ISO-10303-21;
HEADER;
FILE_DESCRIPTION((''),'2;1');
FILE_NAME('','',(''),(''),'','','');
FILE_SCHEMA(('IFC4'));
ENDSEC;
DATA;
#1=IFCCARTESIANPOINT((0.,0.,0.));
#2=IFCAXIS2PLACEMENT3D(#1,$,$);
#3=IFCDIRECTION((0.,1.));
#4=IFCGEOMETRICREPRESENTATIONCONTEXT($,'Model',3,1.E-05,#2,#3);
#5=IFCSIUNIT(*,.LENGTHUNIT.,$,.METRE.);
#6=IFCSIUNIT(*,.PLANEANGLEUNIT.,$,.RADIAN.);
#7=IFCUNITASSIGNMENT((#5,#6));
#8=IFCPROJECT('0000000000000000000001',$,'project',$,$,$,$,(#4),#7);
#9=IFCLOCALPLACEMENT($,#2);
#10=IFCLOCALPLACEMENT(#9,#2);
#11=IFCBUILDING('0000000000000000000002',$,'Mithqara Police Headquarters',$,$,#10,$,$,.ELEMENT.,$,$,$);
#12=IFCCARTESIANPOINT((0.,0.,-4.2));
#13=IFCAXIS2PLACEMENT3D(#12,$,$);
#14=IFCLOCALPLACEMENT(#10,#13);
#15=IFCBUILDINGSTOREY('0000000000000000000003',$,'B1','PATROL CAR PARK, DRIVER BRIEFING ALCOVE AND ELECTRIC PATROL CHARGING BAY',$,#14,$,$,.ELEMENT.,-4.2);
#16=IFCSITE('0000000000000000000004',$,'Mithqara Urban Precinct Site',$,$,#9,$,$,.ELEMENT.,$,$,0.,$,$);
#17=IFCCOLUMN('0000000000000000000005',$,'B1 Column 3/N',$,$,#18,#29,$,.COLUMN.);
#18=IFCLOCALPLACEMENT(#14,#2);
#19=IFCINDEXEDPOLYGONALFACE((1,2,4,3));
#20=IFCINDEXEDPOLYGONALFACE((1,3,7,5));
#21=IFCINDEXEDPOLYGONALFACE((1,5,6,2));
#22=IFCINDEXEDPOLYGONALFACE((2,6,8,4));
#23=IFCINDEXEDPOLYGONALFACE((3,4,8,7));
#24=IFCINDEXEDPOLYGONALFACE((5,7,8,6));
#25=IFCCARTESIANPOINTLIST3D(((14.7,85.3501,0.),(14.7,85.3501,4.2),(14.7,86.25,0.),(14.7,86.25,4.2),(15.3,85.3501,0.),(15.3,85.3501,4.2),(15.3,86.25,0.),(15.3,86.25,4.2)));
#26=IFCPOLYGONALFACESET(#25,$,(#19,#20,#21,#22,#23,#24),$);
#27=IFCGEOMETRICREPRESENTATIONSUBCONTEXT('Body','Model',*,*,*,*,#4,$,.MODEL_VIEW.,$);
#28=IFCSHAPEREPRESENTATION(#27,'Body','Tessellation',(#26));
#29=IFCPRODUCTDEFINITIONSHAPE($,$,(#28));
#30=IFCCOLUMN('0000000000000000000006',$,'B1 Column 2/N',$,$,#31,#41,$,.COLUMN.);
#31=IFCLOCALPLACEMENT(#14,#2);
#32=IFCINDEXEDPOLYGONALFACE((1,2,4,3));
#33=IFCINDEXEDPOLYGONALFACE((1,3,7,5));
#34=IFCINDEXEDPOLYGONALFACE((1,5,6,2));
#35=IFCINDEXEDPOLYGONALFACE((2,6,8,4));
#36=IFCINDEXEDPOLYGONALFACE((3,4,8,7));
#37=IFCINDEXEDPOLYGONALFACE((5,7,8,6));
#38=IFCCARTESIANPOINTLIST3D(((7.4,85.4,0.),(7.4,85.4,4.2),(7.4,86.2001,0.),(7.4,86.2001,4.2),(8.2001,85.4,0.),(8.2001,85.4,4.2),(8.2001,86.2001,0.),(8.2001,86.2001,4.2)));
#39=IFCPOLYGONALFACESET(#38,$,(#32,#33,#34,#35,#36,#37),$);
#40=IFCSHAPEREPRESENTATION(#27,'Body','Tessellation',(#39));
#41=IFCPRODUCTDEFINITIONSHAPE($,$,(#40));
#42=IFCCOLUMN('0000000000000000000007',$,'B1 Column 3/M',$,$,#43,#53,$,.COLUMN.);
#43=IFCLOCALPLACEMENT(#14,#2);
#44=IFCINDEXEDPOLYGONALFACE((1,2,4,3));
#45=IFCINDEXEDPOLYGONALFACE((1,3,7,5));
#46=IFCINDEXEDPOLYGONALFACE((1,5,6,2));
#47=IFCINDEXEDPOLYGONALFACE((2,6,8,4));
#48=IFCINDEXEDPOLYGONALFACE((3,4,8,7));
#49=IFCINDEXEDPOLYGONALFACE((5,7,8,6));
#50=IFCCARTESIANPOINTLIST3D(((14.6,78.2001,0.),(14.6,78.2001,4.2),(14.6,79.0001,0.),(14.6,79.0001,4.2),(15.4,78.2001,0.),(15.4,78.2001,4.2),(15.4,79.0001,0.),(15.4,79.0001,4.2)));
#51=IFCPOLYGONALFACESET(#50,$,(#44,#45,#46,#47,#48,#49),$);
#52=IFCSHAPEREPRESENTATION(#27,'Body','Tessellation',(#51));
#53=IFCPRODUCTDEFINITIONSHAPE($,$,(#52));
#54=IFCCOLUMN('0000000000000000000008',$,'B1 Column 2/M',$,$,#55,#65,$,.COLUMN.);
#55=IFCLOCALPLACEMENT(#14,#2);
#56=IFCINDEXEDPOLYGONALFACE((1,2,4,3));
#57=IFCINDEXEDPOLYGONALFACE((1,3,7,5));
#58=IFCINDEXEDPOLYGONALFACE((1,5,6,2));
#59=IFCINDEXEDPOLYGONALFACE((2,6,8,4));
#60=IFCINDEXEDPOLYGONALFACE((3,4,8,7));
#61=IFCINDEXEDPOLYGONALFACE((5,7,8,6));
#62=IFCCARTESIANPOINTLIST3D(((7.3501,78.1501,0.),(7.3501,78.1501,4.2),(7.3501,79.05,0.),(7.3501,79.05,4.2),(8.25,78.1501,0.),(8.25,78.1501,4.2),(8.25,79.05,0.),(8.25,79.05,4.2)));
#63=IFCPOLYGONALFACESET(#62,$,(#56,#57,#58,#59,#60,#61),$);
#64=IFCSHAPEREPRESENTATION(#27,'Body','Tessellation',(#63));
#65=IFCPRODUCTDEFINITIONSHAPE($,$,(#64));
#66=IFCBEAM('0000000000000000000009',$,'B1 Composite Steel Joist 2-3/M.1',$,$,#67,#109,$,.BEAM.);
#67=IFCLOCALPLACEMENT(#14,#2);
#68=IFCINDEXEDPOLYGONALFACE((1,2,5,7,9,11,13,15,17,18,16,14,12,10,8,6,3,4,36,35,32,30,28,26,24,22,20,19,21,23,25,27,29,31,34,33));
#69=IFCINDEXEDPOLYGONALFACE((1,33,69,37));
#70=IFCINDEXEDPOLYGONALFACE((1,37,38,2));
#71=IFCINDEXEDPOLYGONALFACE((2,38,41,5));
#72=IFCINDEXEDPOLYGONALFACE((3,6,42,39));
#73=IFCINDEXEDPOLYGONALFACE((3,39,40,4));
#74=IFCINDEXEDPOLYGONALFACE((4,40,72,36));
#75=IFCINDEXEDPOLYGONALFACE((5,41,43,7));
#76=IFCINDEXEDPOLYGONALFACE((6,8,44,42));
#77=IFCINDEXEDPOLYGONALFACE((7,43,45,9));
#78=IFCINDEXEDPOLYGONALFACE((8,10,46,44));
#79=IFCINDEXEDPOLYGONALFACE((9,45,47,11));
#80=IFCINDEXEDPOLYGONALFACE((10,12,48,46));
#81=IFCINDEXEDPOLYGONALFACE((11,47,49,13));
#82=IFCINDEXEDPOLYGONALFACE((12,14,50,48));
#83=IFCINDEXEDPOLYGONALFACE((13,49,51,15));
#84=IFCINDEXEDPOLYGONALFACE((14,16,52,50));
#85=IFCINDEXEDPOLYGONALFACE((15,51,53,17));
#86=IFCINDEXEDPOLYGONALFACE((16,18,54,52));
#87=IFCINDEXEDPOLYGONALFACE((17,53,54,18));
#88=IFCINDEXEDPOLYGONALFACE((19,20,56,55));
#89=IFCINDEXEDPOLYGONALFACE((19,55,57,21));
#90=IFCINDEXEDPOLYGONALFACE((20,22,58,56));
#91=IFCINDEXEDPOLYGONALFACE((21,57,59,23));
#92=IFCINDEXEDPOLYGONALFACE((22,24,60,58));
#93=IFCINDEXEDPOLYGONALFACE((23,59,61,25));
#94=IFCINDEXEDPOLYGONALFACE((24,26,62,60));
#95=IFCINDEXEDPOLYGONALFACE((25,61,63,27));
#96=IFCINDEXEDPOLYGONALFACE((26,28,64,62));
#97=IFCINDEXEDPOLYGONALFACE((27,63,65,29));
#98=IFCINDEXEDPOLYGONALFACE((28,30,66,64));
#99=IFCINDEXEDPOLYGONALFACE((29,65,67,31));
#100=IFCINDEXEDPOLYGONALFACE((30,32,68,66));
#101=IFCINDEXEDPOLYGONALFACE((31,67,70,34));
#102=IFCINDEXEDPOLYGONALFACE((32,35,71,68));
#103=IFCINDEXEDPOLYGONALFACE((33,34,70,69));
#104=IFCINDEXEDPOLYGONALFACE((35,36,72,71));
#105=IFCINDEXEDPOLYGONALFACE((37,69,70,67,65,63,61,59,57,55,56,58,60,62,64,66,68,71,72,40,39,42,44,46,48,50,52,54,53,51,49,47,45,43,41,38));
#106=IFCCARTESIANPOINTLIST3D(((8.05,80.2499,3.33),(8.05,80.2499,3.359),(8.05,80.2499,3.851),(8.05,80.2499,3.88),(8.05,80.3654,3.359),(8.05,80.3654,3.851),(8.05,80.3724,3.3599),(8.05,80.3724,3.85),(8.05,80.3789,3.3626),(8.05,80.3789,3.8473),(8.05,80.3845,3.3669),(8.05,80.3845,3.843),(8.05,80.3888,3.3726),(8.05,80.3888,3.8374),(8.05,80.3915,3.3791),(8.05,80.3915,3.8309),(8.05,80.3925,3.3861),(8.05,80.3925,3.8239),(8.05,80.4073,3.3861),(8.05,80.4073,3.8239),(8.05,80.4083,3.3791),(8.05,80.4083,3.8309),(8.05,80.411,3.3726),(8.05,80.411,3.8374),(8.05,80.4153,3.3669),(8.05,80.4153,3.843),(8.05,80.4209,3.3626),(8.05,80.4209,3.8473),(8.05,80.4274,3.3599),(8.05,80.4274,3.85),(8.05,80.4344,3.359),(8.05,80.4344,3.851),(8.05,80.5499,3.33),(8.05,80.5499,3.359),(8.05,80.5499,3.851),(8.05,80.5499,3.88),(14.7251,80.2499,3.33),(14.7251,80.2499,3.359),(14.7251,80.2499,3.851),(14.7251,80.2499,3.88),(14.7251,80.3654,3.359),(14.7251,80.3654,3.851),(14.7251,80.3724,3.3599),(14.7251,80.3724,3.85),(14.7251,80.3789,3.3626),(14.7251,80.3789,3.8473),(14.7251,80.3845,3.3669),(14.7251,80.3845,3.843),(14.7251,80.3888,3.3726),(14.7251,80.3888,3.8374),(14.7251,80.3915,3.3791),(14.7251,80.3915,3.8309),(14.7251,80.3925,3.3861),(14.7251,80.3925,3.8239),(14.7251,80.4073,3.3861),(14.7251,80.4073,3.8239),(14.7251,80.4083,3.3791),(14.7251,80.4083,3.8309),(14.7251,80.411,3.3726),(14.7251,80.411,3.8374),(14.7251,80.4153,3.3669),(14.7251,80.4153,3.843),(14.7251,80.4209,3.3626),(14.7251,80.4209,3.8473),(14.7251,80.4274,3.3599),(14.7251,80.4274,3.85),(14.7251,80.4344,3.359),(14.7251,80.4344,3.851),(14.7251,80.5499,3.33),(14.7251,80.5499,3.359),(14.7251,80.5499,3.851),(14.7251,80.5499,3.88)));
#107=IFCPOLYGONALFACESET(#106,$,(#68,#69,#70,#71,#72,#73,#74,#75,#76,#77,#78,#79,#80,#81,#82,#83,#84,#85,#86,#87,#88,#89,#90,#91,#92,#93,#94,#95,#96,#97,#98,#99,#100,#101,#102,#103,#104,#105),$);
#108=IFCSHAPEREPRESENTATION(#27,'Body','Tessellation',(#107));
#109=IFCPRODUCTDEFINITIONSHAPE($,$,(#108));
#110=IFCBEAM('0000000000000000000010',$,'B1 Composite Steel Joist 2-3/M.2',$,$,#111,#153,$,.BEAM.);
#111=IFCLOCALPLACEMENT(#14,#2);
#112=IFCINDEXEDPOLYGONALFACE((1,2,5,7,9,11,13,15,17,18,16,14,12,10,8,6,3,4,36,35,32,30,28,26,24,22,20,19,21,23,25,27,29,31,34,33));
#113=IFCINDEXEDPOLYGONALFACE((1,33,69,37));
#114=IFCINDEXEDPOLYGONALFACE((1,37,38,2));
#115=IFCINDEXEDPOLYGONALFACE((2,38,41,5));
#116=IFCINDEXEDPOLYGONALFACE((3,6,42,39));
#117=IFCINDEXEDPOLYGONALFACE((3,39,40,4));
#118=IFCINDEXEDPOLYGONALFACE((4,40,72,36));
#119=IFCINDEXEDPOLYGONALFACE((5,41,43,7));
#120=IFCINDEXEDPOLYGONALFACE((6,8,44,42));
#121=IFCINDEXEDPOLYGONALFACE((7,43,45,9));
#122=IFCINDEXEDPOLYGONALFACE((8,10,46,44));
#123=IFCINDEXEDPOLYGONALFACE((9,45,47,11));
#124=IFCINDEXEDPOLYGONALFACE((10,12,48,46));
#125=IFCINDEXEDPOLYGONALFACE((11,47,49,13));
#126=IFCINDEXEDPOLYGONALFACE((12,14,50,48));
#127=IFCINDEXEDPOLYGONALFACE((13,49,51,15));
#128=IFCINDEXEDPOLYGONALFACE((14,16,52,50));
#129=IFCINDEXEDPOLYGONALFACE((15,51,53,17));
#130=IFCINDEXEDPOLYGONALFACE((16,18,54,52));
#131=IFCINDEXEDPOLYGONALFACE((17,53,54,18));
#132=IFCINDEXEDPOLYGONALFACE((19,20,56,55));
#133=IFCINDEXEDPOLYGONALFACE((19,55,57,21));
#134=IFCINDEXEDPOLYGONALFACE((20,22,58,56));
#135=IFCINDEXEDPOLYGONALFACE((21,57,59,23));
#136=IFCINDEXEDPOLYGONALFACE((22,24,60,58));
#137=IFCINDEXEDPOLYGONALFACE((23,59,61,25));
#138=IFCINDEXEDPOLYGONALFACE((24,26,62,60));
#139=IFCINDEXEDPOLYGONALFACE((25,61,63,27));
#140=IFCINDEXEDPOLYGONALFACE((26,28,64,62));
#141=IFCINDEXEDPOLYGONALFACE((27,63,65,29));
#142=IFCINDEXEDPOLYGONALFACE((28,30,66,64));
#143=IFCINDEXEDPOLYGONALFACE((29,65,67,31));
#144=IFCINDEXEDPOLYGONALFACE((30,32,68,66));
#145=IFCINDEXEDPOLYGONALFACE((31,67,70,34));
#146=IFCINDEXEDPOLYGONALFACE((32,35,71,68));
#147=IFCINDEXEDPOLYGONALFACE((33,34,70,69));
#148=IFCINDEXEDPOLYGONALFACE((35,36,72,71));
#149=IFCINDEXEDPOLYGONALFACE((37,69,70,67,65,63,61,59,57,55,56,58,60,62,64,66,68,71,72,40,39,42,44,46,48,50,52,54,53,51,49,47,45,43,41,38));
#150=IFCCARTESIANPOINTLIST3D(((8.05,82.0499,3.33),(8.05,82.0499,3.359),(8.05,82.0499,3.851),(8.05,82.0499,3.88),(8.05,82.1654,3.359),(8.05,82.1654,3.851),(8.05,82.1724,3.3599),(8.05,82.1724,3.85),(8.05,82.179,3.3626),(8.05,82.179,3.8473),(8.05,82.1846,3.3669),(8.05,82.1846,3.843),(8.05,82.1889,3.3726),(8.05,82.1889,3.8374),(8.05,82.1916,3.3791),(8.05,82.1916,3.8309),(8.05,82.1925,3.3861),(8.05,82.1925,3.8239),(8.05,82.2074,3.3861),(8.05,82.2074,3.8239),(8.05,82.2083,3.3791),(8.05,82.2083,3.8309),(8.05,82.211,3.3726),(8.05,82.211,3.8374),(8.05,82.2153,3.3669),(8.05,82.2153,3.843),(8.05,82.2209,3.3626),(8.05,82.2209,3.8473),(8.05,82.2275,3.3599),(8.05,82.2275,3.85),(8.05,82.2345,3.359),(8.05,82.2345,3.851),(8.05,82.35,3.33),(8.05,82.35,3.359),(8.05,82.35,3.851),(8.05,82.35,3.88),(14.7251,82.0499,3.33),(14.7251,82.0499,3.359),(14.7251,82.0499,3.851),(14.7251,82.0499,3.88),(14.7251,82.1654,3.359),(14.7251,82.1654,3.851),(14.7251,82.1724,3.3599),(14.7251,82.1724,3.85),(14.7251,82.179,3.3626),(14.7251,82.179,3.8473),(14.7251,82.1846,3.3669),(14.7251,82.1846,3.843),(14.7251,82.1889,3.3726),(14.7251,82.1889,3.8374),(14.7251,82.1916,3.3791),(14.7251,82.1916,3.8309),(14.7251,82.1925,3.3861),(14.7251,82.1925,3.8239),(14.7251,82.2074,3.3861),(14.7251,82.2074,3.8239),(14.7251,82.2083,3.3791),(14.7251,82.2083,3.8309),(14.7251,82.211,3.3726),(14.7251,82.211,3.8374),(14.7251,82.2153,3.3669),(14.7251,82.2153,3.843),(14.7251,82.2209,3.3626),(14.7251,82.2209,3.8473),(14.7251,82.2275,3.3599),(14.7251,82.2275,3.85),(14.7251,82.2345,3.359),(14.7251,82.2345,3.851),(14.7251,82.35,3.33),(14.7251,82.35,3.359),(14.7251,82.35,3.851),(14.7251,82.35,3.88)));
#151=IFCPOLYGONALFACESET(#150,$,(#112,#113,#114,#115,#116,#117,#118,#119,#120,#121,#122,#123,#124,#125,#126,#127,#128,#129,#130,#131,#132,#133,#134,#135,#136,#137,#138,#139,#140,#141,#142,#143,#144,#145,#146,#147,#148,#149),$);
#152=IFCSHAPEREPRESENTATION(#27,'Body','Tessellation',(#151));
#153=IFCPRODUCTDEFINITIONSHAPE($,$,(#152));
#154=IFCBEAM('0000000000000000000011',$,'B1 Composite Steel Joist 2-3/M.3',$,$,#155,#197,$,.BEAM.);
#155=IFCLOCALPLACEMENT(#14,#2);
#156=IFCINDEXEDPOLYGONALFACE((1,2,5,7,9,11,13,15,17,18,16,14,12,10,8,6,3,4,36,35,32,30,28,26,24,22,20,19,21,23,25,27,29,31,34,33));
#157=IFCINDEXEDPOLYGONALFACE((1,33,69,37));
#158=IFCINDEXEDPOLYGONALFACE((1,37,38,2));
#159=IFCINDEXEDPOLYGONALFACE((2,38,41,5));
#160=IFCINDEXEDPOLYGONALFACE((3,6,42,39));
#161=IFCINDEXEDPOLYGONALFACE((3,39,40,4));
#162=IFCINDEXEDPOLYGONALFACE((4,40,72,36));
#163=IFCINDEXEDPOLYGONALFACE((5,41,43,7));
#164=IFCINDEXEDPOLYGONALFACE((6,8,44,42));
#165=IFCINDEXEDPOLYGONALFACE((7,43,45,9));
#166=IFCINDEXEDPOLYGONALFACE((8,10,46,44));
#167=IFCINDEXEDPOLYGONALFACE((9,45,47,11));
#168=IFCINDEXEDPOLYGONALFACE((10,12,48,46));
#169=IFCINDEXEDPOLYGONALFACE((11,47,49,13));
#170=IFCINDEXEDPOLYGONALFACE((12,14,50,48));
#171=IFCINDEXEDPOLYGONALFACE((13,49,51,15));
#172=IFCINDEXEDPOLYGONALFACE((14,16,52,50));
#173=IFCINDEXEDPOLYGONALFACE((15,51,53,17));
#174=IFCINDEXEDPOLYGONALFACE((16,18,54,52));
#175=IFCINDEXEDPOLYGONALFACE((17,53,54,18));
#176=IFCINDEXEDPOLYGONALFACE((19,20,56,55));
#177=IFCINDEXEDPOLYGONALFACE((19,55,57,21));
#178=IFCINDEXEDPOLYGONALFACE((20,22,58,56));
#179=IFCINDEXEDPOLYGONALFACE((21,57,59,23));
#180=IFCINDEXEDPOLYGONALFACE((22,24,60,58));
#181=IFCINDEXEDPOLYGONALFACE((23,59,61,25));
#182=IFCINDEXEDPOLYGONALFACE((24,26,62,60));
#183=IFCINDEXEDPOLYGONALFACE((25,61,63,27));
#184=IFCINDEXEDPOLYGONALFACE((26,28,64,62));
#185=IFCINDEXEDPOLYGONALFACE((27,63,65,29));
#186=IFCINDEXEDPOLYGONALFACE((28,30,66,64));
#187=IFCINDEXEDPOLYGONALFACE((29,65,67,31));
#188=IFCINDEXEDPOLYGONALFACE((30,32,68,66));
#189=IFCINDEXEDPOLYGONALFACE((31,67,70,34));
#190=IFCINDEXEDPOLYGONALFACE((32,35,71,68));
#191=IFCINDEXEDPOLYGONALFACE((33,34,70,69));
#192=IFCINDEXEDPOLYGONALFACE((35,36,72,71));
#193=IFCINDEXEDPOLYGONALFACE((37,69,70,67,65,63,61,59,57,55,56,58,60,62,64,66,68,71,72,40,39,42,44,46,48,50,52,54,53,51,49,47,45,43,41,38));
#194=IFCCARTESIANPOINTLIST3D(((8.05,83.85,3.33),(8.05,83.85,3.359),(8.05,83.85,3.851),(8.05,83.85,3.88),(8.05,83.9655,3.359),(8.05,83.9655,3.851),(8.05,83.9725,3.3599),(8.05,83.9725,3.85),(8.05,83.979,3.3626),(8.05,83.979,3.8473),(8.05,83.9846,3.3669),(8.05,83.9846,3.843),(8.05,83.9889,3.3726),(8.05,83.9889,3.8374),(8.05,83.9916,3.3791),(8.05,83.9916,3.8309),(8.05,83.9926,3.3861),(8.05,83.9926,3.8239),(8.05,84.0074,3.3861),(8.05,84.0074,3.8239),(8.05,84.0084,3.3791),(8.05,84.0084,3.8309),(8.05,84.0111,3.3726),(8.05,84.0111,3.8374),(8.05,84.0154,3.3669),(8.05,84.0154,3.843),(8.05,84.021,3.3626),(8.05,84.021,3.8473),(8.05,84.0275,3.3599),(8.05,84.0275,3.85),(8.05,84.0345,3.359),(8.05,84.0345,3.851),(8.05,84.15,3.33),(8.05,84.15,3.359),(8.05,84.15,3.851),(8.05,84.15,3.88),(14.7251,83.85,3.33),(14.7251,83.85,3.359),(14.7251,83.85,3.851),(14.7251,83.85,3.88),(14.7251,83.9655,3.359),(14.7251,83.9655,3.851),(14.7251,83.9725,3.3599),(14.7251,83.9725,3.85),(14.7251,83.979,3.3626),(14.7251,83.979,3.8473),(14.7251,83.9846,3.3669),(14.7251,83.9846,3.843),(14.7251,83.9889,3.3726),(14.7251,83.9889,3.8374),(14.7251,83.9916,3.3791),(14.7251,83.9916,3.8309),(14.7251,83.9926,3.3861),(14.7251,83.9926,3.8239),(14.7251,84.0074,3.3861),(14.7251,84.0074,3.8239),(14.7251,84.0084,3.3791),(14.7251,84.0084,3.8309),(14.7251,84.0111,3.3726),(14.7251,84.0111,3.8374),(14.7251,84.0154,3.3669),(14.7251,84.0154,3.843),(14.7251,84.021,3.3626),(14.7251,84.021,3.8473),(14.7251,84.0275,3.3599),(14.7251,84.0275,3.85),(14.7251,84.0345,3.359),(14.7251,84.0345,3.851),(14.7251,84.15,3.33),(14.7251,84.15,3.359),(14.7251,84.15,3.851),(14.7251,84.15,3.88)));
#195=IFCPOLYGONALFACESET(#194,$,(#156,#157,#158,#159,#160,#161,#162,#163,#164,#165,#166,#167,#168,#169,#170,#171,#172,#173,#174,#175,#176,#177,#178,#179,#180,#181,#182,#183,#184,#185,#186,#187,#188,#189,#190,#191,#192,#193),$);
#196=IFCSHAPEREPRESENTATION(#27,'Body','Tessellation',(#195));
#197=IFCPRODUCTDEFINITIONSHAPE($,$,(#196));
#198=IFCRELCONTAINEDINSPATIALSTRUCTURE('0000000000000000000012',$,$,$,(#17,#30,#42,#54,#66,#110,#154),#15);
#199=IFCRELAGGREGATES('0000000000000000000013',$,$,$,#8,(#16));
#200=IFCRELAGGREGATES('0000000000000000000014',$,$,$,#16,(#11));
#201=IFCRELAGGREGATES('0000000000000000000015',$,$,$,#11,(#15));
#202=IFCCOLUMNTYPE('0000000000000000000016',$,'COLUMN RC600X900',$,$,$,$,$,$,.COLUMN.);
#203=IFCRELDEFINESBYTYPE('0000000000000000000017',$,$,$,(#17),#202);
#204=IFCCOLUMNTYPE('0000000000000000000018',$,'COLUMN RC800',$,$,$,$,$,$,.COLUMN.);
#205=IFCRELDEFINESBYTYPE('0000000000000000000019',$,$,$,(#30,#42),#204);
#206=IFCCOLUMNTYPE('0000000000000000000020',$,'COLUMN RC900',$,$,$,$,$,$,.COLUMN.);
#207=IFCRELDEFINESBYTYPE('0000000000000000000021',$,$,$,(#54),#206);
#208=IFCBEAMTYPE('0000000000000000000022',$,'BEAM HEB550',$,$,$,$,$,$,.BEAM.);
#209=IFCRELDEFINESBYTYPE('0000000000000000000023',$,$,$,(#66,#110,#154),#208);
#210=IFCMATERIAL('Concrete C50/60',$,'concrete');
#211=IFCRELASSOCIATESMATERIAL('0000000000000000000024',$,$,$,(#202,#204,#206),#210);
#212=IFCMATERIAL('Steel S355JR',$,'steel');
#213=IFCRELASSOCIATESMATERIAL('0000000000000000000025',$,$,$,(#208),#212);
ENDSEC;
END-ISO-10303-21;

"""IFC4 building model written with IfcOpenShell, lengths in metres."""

from ifc_helpers import new_model, si_unit, direction, frame, origin, origin_2d, place, context, subcontext, project, spatial, rectangle, i_section, extrude, material, material_profile, profile_set, type_object, element, save


model = new_model("IFC4")

# Units and contexts
model_context = context("Model", 3, precision=1e-05, world=origin(), true_north=direction((0.0, 1.0)))
body_context = subcontext(model_context, "Body", "Model", "MODEL_VIEW")
ifc_project = project(units=[si_unit("LENGTHUNIT", "METRE"), si_unit("PLANEANGLEUNIT", "RADIAN")], contexts=[model_context])

# Site, building, storey
site_placement = place(None, origin())
site = spatial("IfcSite", under=ifc_project, at=site_placement, Name="Mithqara Urban Precinct Site", CompositionType="ELEMENT", RefElevation=0.0)
building_placement = place(site_placement, origin())
building = spatial("IfcBuilding", under=site, at=building_placement, Name="Mithqara Police Headquarters", CompositionType="ELEMENT")
storey_placement = place(building_placement, frame((0.0, 0.0, -4.2)))
storey = spatial("IfcBuildingStorey", under=building, at=storey_placement, Name="B1", Description="PATROL CAR PARK, DRIVER BRIEFING ALCOVE AND ELECTRIC PATROL CHARGING BAY", CompositionType="ELEMENT", Elevation=-4.2)

# Columns
ifc_material_1 = material(Name="Concrete C50/60", Category="concrete")
ifc_material_profile_1 = material_profile(ifc_material_1, rectangle(XDim=0.6001, YDim=0.8999, at=origin_2d()), Name="RC 600x900")
ifc_profile_set_1 = profile_set([ifc_material_profile_1], Name="Concrete C50/60")
column_type_1 = type_object("IfcColumnType", Name="COLUMN RC600X900", PredefinedType="COLUMN", material=ifc_profile_set_1)
column_1_placement = place(storey_placement, frame((15.0, 85.8, 0.0), z_axis=(0.0, 0.0, 1.0), x_axis=(1.0, 0.0, 0.0)))
element("IfcColumn", 1, at=column_1_placement, inside=storey, type_object=column_type_1, Name="B1 Column 3/N", PredefinedType="COLUMN", context=body_context, shape_type="SweptSolid", body=[
    extrude(rectangle(XDim=0.6001, YDim=0.8999, at=origin_2d()), origin(), (0.0, 0.0, 1.0), 4.2),
])
ifc_material_profile_2 = material_profile(ifc_material_1, rectangle(XDim=0.8, YDim=0.8, at=origin_2d()), Name="RC 800x800")
ifc_profile_set_2 = profile_set([ifc_material_profile_2], Name="Concrete C50/60")
column_type_2 = type_object("IfcColumnType", Name="COLUMN RC800", PredefinedType="COLUMN", material=ifc_profile_set_2)
for number, where, z_axis, x_axis, name in (
    (2, (7.8, 85.8, 0.0), (0.0, 0.0, 1.0), (1.0, 0.0, 0.0), "B1 Column 2/N"),
    (3, (15.0, 78.6001, 0.0), (0.0, 0.0, 1.0), (1.0, 0.0, 0.0), "B1 Column 3/M"),
):
    element("IfcColumn", number, at=place(storey_placement, frame(where, z_axis=z_axis, x_axis=x_axis)), inside=storey, type_object=column_type_2, Name=name, PredefinedType="COLUMN", context=body_context, shape_type="SweptSolid", body=[
        extrude(rectangle(XDim=0.8, YDim=0.8, at=origin_2d()), origin(), (0.0, 0.0, 1.0), 4.2),
    ])
ifc_material_profile_3 = material_profile(ifc_material_1, rectangle(XDim=0.8999, YDim=0.8999, at=origin_2d()), Name="RC 900x900")
ifc_profile_set_3 = profile_set([ifc_material_profile_3], Name="Concrete C50/60")
column_type_3 = type_object("IfcColumnType", Name="COLUMN RC900", PredefinedType="COLUMN", material=ifc_profile_set_3)
column_2_placement = place(storey_placement, frame((7.8, 78.6001, 0.0), z_axis=(0.0, 0.0, 1.0), x_axis=(1.0, 0.0, 0.0)))
element("IfcColumn", 4, at=column_2_placement, inside=storey, type_object=column_type_3, Name="B1 Column 2/M", PredefinedType="COLUMN", context=body_context, shape_type="SweptSolid", body=[
    extrude(rectangle(XDim=0.8999, YDim=0.8999, at=origin_2d()), origin(), (0.0, 0.0, 1.0), 4.2),
])

# Beams
ifc_material_2 = material(Name="Steel S355JR", Category="steel")
ifc_material_profile_4 = material_profile(ifc_material_2, i_section(OverallWidth=0.3, OverallDepth=0.55, WebThickness=0.0149, FlangeThickness=0.0291, FilletRadius=0.0271, at=origin_2d()), Name="HEB 550")
ifc_profile_set_4 = profile_set([ifc_material_profile_4], Name="Steel S355JR")
beam_type_1 = type_object("IfcBeamType", Name="BEAM HEB550", PredefinedType="BEAM", material=ifc_profile_set_4)
for number, where, z_axis, x_axis, name in (
    (5, (8.05, 80.3999, 3.605), (1.0, 0.0, 0.0), (0.0, 1.0, 0.0), "B1 Composite Steel Joist 2-3/M.1"),
    (6, (8.05, 82.2, 3.605), (1.0, 0.0, 0.0), (0.0, 1.0, 0.0), "B1 Composite Steel Joist 2-3/M.2"),
    (7, (8.05, 84.0, 3.605), (1.0, 0.0, 0.0), (0.0, 1.0, 0.0), "B1 Composite Steel Joist 2-3/M.3"),
):
    element("IfcBeam", number, at=place(storey_placement, frame(where, z_axis=z_axis, x_axis=x_axis)), inside=storey, type_object=beam_type_1, Name=name, PredefinedType="BEAM", context=body_context, shape_type="SweptSolid", body=[
        extrude(i_section(OverallWidth=0.3, OverallDepth=0.55, WebThickness=0.0149, FlangeThickness=0.0291, FilletRadius=0.0271, at=origin_2d()), origin(), (0.0, 0.0, 1.0), 6.675),
    ])

save(model, "model.ifc")
